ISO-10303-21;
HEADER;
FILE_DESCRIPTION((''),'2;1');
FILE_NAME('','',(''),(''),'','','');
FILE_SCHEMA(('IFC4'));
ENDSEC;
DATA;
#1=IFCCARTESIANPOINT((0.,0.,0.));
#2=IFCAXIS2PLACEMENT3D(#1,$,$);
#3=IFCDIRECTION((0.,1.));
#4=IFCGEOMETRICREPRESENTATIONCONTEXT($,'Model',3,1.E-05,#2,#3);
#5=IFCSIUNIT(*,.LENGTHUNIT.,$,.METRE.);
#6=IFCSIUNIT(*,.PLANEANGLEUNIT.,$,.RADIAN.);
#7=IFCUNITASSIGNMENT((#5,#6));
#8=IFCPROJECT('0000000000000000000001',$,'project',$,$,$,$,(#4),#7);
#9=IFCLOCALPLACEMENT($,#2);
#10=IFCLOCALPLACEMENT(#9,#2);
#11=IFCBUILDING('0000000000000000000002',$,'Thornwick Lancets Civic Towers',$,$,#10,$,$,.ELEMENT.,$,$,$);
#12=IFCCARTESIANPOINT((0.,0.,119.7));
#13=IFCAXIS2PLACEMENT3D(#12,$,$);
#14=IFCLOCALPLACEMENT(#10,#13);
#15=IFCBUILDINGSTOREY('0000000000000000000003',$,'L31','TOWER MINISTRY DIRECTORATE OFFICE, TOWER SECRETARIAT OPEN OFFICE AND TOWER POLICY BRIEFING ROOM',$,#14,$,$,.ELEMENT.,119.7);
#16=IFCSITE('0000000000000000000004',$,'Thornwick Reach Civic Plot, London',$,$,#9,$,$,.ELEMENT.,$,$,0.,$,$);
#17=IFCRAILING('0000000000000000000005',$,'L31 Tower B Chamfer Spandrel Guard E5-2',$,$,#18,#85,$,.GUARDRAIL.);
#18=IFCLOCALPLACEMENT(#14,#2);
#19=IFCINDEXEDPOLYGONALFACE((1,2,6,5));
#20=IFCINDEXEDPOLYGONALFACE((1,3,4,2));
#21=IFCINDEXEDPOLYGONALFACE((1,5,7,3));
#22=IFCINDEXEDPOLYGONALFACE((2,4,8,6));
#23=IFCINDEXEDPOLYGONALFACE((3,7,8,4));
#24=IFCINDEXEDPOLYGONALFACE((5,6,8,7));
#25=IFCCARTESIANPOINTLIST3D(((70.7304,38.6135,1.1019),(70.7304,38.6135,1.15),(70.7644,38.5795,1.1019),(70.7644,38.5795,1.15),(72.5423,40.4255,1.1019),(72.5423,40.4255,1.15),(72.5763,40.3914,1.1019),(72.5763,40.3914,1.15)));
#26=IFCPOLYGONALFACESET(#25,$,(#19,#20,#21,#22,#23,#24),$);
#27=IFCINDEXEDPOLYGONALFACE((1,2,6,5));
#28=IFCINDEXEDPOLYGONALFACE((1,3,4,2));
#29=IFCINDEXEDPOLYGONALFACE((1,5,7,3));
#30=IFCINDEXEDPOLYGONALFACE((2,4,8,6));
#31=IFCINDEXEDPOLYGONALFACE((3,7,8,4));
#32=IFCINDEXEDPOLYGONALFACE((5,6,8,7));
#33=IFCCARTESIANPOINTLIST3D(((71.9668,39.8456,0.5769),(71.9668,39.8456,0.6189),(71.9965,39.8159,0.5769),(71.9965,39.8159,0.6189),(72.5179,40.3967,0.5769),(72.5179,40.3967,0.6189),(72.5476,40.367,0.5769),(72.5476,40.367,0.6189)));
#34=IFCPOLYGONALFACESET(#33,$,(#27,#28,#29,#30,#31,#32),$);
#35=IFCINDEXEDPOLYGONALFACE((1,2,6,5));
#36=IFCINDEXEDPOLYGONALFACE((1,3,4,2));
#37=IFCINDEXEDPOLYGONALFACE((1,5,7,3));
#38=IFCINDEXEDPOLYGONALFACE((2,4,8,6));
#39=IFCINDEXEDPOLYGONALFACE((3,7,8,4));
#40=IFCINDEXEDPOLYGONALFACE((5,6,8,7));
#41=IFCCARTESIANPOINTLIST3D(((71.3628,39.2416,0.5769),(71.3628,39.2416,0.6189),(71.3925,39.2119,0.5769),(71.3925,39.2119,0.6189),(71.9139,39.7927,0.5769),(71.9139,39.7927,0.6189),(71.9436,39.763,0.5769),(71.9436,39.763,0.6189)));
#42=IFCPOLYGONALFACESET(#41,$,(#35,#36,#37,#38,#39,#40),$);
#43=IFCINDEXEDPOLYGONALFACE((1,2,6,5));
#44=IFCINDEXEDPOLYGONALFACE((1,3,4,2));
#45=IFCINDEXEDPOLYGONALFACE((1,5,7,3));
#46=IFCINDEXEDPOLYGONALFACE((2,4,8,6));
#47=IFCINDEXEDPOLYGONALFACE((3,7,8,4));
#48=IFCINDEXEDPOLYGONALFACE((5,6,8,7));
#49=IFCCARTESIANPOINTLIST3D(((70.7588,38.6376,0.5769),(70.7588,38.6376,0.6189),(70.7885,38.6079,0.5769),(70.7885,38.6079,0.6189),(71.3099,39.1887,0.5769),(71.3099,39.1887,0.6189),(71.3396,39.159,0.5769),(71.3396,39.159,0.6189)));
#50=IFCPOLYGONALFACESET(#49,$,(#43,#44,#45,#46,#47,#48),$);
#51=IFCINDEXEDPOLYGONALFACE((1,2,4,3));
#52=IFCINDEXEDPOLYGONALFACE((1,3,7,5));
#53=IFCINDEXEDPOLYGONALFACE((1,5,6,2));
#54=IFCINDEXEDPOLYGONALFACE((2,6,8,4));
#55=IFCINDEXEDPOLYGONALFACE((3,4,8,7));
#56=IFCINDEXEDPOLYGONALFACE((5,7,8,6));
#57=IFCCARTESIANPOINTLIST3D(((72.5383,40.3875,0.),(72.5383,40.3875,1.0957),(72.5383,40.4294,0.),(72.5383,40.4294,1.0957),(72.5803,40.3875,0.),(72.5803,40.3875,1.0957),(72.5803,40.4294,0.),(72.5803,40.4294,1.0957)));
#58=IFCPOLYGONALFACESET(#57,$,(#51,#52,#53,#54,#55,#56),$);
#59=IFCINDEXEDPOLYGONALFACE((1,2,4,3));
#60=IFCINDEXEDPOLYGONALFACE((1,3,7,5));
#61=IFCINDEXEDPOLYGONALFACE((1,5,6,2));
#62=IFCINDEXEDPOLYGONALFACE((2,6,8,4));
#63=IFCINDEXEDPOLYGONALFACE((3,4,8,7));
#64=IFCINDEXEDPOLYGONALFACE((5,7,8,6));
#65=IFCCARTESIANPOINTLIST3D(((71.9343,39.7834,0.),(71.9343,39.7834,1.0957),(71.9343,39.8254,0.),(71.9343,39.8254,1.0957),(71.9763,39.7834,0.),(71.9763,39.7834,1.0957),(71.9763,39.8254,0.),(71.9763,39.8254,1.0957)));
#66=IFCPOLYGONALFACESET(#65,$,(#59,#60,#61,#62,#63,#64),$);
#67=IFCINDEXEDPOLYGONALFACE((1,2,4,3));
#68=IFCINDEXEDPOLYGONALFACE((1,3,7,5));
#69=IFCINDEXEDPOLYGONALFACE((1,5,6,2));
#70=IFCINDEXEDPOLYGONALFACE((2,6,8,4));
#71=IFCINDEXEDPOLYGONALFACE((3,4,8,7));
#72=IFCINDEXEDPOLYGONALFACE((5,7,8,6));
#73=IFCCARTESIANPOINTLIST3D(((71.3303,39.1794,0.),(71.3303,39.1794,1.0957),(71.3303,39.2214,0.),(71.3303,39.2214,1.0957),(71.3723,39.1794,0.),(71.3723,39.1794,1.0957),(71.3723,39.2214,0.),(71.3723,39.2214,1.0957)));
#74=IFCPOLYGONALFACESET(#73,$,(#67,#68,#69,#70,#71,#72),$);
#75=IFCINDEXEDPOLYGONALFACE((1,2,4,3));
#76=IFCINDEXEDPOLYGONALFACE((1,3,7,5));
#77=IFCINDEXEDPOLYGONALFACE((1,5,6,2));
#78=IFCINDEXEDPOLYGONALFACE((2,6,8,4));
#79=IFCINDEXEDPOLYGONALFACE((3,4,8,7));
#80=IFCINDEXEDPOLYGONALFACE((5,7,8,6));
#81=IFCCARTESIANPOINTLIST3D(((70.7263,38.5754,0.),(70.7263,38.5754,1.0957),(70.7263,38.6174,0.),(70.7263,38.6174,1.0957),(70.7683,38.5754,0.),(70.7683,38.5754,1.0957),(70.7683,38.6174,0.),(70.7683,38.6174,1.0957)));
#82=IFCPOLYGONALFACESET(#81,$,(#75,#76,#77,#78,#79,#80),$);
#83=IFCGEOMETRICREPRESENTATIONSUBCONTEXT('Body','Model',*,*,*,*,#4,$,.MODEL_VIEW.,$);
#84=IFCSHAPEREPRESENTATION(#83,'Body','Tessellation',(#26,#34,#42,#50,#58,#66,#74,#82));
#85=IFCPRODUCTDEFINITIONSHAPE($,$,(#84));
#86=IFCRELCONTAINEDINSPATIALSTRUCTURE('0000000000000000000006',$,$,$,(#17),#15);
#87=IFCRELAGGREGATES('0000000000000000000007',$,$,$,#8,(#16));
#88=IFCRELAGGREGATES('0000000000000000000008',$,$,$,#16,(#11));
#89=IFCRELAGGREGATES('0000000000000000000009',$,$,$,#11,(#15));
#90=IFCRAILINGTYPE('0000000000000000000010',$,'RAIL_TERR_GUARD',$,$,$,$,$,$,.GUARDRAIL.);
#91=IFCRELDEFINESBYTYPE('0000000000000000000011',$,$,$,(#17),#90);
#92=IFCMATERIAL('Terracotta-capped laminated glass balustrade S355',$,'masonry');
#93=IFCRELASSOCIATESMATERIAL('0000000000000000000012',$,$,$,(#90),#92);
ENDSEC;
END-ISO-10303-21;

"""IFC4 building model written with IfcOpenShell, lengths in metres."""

from ifc_helpers import new_model, si_unit, direction, frame, origin, origin_2d, place, context, subcontext, project, spatial, rectangle, extrude, material, type_object, element, save


model = new_model("IFC4")

# Units and contexts
model_context = context("Model", 3, precision=1e-05, world=origin(), true_north=direction((0.0, 1.0)))
body_context = subcontext(model_context, "Body", "Model", "MODEL_VIEW")
ifc_project = project(units=[si_unit("LENGTHUNIT", "METRE"), si_unit("PLANEANGLEUNIT", "RADIAN")], contexts=[model_context])

# Site, building, storey
site_placement = place(None, origin())
site = spatial("IfcSite", under=ifc_project, at=site_placement, Name="Thornwick Reach Civic Plot, London", CompositionType="ELEMENT", RefElevation=0.0)
building_placement = place(site_placement, origin())
building = spatial("IfcBuilding", under=site, at=building_placement, Name="Thornwick Lancets Civic Towers", CompositionType="ELEMENT")
storey_placement = place(building_placement, frame((0.0, 0.0, 119.7)))
storey = spatial("IfcBuildingStorey", under=building, at=storey_placement, Name="L31", Description="TOWER MINISTRY DIRECTORATE OFFICE, TOWER SECRETARIAT OPEN OFFICE AND TOWER POLICY BRIEFING ROOM", CompositionType="ELEMENT", Elevation=119.7)

# Railing
ifc_material_1 = material(Name="Terracotta-capped laminated glass balustrade S355", Category="masonry")
railing_type_1 = type_object("IfcRailingType", Name="RAIL_TERR_GUARD", PredefinedType="GUARDRAIL", material=ifc_material_1)
for number, where, name in (
    (1, (72.5593, 40.4084, 0.0), "L31 Tower B Chamfer Spandrel Guard E5-2"),
):
    element("IfcRailing", number, at=place(storey_placement, frame(where)), inside=storey, type_object=railing_type_1, Name=name, PredefinedType="GUARDRAIL", context=body_context, shape_type="SweptSolid", body=[
        extrude(rectangle(XDim=0.0481, YDim=0.0481, at=origin_2d()), frame((0.0, 0.0, 1.126), z_axis=(-0.707107, -0.707107, 0.0), x_axis=(0.707107, -0.707107, 0.0)), (0.0, 0.0, 1.0), 2.5625),
        extrude(rectangle(XDim=0.042, YDim=0.042, at=origin_2d()), frame((-0.0266, -0.0266, 0.5979), z_axis=(-0.707107, -0.707107, 0.0), x_axis=(0.707107, -0.707107, 0.0)), (0.0, 0.0, 1.0), 0.7793),
        extrude(rectangle(XDim=0.042, YDim=0.042, at=origin_2d()), frame((-0.6306, -0.6306, 0.5979), z_axis=(-0.707107, -0.707107, 0.0), x_axis=(0.707107, -0.707107, 0.0)), (0.0, 0.0, 1.0), 0.7793),
        extrude(rectangle(XDim=0.042, YDim=0.042, at=origin_2d()), frame((-1.2346, -1.2346, 0.5979), z_axis=(-0.707107, -0.707107, 0.0), x_axis=(0.707107, -0.707107, 0.0)), (0.0, 0.0, 1.0), 0.7793),
        extrude(rectangle(XDim=0.042, YDim=0.042, at=origin_2d()), origin(), (0.0, 0.0, 1.0), 1.0957),
        extrude(rectangle(XDim=0.042, YDim=0.042, at=origin_2d()), frame((-0.604, -0.604, 0.0)), (0.0, 0.0, 1.0), 1.0957),
        extrude(rectangle(XDim=0.042, YDim=0.042, at=origin_2d()), frame((-1.208, -1.208, 0.0)), (0.0, 0.0, 1.0), 1.0957),
        extrude(rectangle(XDim=0.042, YDim=0.042, at=origin_2d()), frame((-1.812, -1.812, 0.0)), (0.0, 0.0, 1.0), 1.0957),
    ])

save(model, "model.ifc")
